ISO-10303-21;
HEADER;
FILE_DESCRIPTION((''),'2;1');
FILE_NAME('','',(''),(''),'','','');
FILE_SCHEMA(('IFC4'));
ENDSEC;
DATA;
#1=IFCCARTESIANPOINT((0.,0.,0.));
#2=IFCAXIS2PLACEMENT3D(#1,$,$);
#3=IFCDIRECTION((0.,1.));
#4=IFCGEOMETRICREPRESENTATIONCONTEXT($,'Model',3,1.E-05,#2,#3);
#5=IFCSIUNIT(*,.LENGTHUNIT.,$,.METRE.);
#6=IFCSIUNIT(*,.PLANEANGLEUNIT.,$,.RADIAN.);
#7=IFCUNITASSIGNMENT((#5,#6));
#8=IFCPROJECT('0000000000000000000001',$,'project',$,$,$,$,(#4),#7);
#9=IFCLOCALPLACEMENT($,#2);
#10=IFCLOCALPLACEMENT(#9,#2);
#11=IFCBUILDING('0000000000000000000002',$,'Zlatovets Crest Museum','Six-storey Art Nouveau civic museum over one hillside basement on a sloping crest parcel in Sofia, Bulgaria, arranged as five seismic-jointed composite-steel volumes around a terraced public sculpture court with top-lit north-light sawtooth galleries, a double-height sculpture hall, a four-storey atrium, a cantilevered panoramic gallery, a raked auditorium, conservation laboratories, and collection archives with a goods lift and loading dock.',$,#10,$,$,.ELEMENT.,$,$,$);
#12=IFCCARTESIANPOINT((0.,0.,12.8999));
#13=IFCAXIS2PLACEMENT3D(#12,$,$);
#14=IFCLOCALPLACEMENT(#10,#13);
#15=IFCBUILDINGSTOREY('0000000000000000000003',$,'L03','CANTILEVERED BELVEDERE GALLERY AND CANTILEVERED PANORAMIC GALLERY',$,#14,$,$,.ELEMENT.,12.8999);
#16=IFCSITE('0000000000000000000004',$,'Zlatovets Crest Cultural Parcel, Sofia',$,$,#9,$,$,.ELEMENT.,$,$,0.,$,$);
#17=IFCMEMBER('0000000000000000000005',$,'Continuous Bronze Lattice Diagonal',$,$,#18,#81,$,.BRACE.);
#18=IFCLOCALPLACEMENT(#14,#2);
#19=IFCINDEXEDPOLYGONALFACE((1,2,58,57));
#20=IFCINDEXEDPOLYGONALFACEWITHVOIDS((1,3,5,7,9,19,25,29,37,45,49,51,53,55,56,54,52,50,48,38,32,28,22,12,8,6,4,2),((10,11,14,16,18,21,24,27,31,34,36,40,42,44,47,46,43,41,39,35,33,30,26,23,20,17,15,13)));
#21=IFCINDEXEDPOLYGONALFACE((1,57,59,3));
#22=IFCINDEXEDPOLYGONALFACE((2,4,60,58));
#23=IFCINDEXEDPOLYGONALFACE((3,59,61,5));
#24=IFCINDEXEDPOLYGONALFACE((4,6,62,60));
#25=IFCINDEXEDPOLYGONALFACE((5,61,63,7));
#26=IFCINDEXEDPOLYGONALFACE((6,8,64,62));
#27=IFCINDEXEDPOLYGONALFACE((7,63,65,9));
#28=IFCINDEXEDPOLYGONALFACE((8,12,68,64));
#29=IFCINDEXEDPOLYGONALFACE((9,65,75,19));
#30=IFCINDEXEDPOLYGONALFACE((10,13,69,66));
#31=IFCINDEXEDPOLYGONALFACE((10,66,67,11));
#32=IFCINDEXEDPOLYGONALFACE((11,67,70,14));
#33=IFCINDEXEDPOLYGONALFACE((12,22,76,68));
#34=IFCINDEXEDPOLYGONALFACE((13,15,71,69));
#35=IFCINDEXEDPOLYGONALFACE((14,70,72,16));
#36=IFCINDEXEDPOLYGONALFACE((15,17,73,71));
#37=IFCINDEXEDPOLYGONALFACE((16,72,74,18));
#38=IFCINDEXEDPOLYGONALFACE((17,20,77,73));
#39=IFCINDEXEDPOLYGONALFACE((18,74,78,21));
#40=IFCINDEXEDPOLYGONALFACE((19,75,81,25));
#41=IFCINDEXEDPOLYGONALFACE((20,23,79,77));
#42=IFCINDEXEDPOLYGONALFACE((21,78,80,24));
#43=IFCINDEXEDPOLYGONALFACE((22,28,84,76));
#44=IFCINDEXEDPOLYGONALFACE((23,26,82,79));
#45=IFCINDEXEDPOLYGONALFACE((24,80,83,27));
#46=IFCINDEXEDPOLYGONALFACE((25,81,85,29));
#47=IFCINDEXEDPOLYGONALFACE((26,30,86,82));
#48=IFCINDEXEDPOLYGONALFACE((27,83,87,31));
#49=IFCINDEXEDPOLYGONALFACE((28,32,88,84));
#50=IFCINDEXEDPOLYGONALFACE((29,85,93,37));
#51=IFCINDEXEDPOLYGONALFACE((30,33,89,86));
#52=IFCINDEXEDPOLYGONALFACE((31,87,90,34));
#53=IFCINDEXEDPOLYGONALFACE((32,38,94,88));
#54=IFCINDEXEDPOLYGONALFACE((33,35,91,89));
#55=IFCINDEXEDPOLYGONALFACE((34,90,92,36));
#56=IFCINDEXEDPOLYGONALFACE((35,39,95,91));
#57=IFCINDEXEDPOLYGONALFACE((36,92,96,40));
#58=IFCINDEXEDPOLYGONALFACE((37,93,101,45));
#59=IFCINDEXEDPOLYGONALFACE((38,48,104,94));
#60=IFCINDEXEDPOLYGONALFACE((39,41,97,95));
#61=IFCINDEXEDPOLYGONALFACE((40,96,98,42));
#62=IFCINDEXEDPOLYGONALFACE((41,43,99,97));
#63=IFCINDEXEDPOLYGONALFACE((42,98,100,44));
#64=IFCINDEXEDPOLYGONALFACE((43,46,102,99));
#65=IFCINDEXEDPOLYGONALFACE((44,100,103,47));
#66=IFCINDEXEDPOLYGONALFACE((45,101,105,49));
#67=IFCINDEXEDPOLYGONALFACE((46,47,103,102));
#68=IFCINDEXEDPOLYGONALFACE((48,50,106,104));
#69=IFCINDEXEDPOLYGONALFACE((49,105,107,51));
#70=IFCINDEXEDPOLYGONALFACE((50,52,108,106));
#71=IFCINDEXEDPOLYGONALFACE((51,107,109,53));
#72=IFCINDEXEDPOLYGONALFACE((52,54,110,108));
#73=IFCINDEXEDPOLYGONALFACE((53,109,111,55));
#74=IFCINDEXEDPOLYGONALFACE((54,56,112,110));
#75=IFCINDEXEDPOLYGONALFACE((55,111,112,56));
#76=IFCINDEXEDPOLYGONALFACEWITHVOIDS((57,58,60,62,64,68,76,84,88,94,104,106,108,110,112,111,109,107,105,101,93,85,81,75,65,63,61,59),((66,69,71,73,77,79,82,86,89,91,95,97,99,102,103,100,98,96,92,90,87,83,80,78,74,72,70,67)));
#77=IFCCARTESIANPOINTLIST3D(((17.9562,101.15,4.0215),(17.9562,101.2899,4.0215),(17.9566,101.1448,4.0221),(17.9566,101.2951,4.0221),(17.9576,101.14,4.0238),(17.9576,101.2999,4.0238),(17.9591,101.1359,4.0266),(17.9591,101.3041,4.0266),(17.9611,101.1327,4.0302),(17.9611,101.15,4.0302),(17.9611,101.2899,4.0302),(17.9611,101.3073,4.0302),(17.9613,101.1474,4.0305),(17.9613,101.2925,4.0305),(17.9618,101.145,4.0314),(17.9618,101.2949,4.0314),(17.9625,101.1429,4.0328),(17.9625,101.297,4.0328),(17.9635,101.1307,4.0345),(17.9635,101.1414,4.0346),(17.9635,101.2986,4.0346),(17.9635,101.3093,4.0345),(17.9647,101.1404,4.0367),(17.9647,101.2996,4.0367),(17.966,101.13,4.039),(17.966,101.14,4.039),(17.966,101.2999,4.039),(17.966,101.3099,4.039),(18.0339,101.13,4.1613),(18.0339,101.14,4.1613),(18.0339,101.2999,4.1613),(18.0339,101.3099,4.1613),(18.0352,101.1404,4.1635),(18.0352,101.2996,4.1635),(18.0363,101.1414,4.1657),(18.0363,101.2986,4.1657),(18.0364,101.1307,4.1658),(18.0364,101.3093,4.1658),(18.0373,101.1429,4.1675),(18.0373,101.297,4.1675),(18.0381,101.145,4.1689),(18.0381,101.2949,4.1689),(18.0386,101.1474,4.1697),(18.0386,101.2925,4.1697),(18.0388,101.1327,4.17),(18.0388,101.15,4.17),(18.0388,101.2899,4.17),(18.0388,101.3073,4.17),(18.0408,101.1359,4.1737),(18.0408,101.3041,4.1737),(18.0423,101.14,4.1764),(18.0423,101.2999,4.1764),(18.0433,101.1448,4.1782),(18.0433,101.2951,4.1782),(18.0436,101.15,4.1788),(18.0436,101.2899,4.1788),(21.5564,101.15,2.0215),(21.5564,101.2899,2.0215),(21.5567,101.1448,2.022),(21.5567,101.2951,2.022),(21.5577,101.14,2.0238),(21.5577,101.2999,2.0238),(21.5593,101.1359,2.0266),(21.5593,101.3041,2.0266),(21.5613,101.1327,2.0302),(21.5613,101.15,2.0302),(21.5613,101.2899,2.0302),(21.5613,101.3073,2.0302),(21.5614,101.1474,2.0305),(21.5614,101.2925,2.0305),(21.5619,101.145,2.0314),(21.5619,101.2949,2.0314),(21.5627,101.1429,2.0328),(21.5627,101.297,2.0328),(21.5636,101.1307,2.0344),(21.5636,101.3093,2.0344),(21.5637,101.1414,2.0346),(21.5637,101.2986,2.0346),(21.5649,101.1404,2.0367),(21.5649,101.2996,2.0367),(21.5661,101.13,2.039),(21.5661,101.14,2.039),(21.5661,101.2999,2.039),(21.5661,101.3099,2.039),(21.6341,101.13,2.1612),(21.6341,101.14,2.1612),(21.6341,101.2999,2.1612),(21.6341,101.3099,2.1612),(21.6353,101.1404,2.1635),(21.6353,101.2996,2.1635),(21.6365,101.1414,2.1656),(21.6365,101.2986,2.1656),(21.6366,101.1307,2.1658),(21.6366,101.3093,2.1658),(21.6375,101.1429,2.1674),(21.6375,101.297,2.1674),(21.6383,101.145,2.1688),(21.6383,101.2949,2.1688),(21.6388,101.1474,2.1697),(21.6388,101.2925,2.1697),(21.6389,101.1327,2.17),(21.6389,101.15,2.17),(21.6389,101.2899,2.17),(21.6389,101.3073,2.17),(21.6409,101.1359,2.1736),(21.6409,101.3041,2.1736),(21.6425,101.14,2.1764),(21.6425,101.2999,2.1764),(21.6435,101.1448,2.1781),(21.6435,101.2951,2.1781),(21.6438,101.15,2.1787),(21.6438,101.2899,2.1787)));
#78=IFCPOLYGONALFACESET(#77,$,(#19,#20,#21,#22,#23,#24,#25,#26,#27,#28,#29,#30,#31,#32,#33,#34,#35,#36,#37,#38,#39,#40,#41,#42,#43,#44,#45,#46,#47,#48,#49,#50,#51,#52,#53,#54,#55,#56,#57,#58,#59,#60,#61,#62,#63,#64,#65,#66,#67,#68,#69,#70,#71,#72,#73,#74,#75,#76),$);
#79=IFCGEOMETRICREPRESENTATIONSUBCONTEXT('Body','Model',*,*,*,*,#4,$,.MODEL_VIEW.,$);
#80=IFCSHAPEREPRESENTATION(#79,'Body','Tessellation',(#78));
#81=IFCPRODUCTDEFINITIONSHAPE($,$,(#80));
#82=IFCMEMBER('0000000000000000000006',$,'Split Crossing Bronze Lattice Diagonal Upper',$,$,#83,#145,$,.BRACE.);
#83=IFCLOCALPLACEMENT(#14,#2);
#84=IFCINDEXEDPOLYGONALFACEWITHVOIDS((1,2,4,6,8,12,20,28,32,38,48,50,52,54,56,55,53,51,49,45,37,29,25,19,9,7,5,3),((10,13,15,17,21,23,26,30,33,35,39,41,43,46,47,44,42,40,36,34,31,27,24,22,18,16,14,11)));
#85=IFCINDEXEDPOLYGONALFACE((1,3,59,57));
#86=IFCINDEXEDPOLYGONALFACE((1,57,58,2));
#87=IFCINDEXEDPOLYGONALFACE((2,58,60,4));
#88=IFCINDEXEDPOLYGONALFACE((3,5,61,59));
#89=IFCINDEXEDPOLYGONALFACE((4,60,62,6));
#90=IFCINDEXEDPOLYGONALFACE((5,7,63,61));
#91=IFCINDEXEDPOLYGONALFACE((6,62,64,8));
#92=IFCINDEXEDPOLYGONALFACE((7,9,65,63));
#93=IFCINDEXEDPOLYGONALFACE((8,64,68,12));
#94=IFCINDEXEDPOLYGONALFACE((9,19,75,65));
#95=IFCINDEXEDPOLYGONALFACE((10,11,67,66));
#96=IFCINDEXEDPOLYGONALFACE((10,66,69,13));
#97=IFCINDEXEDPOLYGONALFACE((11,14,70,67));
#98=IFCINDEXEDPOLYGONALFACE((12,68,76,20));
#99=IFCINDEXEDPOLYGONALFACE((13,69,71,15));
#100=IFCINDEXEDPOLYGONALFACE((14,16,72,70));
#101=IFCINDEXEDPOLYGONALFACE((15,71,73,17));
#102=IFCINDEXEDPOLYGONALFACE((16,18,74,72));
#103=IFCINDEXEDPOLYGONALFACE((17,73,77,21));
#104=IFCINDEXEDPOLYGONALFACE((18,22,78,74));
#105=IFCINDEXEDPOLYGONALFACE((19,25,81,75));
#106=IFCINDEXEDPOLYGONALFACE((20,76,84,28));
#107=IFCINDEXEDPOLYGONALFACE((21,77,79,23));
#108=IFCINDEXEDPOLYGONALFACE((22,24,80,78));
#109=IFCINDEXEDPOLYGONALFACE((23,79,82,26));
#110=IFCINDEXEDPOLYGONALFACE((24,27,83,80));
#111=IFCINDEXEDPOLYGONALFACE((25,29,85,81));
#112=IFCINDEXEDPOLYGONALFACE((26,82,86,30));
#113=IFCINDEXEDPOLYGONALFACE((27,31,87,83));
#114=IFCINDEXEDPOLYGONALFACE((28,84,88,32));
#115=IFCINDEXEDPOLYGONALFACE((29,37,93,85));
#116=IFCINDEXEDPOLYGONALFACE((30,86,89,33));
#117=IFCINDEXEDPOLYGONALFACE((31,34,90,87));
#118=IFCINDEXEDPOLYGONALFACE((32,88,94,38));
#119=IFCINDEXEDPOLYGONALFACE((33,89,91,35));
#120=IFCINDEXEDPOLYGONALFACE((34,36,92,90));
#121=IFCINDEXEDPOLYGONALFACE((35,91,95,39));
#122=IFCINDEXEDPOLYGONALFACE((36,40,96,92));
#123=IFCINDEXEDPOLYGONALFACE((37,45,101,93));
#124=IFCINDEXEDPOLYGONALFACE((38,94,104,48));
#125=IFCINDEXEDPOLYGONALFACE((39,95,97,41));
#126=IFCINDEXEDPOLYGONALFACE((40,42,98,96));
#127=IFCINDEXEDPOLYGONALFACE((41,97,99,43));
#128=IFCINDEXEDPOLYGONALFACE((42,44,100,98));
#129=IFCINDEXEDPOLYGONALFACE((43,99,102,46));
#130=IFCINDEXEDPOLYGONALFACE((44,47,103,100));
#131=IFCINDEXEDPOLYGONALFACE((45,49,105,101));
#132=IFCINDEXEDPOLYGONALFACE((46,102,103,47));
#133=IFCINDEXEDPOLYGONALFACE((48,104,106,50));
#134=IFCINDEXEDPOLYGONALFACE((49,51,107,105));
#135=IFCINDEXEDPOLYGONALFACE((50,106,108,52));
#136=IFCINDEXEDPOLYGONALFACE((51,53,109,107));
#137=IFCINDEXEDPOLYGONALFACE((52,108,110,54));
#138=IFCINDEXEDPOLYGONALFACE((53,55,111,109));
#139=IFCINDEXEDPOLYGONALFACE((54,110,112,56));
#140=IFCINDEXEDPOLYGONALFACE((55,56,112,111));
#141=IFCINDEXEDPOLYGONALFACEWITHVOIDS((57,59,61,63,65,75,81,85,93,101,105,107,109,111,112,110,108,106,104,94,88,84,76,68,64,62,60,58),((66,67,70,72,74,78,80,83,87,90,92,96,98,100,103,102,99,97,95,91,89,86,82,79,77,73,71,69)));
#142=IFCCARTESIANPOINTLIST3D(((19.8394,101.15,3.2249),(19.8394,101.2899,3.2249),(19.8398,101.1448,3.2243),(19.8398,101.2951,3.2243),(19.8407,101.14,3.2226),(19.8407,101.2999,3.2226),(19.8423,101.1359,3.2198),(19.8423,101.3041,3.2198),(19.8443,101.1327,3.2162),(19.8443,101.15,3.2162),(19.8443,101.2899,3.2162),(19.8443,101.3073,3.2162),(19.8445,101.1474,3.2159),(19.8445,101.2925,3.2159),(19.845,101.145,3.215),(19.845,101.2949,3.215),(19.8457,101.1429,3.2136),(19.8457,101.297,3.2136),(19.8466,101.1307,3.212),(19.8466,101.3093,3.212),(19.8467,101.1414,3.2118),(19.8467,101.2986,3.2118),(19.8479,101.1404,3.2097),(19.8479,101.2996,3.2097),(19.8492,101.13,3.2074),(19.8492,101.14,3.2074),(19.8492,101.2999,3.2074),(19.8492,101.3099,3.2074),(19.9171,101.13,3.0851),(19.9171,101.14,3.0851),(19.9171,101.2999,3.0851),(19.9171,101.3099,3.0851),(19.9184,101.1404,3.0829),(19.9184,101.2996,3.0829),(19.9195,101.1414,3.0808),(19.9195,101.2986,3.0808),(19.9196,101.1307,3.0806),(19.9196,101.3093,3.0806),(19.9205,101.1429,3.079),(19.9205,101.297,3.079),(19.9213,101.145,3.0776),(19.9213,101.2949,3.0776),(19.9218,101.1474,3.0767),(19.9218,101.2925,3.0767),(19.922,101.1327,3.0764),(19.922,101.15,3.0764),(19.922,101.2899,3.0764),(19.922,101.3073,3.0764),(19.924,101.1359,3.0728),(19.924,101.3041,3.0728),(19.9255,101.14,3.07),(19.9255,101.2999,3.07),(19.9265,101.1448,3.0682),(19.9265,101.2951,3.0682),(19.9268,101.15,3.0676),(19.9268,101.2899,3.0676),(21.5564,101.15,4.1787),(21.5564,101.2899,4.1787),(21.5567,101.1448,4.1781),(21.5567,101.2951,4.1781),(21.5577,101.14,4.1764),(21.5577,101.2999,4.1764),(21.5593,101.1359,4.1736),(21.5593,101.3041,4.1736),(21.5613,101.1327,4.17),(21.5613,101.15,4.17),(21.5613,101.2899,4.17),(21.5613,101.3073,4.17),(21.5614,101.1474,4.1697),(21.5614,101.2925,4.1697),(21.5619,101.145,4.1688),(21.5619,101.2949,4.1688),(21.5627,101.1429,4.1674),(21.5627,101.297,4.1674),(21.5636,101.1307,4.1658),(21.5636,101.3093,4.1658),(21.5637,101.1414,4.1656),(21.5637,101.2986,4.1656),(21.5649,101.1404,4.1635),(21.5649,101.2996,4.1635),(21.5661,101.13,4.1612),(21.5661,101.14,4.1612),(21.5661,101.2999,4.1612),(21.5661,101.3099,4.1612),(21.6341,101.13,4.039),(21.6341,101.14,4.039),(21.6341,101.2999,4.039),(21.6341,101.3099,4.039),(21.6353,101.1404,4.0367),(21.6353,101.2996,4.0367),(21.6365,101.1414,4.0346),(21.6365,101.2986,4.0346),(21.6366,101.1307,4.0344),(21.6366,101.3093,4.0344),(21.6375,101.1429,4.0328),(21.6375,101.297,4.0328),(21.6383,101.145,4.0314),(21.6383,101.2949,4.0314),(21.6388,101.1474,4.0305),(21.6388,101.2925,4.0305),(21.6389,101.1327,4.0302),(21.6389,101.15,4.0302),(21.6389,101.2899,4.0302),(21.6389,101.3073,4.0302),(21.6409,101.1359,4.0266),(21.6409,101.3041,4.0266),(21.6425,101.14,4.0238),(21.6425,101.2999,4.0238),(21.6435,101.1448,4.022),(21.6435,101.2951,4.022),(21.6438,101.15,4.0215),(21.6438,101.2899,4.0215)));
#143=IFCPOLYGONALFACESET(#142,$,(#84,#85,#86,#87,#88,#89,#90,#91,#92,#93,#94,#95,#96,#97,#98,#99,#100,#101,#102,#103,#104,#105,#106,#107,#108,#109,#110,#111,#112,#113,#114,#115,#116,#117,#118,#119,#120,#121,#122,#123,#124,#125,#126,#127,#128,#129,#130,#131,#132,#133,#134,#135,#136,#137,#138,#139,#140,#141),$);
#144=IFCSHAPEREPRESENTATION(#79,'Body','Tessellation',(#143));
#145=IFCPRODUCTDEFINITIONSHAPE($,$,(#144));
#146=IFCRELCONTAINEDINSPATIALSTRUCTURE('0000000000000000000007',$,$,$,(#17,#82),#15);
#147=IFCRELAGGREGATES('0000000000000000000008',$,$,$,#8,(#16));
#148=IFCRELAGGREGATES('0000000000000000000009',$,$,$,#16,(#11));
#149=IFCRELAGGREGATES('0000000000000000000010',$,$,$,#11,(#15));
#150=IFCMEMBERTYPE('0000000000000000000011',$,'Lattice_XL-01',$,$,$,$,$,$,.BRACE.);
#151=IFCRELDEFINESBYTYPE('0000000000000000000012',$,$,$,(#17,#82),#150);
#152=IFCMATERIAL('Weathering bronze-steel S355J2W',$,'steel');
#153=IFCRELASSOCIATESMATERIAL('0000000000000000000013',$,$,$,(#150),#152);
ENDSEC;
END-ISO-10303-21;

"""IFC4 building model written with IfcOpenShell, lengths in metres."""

from ifc_helpers import new_model, si_unit, direction, frame, origin, origin_2d, place, context, subcontext, project, spatial, hollow_rectangle, extrude, material, material_profile, profile_set, type_object, element, save


model = new_model("IFC4")

# Units and contexts
model_context = context("Model", 3, precision=1e-05, world=origin(), true_north=direction((0.0, 1.0)))
body_context = subcontext(model_context, "Body", "Model", "MODEL_VIEW")
ifc_project = project(units=[si_unit("LENGTHUNIT", "METRE"), si_unit("PLANEANGLEUNIT", "RADIAN")], contexts=[model_context])

# Site, building, storey
site_placement = place(None, origin())
site = spatial("IfcSite", under=ifc_project, at=site_placement, Name="Zlatovets Crest Cultural Parcel, Sofia", CompositionType="ELEMENT", RefElevation=0.0)
building_placement = place(site_placement, origin())
building = spatial("IfcBuilding", under=site, at=building_placement, Name="Zlatovets Crest Museum", Description="Six-storey Art Nouveau civic museum over one hillside basement on a sloping crest parcel in Sofia, Bulgaria, arranged as five seismic-jointed composite-steel volumes around a terraced public sculpture court with top-lit north-light sawtooth galleries, a double-height sculpture hall, a four-storey atrium, a cantilevered panoramic gallery, a raked auditorium, conservation laboratories, and collection archives with a goods lift and loading dock.", CompositionType="ELEMENT")
storey_placement = place(building_placement, frame((0.0, 0.0, 12.8999)))
storey = spatial("IfcBuildingStorey", under=building, at=storey_placement, Name="L03", Description="CANTILEVERED BELVEDERE GALLERY AND CANTILEVERED PANORAMIC GALLERY", CompositionType="ELEMENT", Elevation=12.8999)

# Members
ifc_material_1 = material(Name="Weathering bronze-steel S355J2W", Category="steel")
ifc_material_profile_1 = material_profile(ifc_material_1, hollow_rectangle(XDim=0.1799, YDim=0.1799, WallThickness=0.01, InnerFilletRadius=0.01, OuterFilletRadius=0.02, at=origin_2d()), Name="SHS 180x180x10.0")
ifc_profile_set_1 = profile_set([ifc_material_profile_1], Name="Weathering bronze-steel S355J2W")
member_type_1 = type_object("IfcMemberType", Name="Lattice_XL-01", PredefinedType="BRACE", material=ifc_profile_set_1)
member_1_placement = place(storey_placement, frame((21.6001, 101.22, 2.1001), z_axis=(-0.874163, 0.0, 0.485633), x_axis=(0.0, -1.0, 0.0)))
element("IfcMember", 1, at=member_1_placement, inside=storey, type_object=member_type_1, Name="Continuous Bronze Lattice Diagonal", PredefinedType="BRACE", context=body_context, shape_type="SweptSolid", body=[
    extrude(hollow_rectangle(XDim=0.1799, YDim=0.1799, WallThickness=0.01, InnerFilletRadius=0.01, OuterFilletRadius=0.02, at=origin_2d()), origin(), (0.0, 0.0, 1.0), 4.1184),
])
for number, where, z_axis, x_axis, name in (
    (2, (21.6001, 101.22, 4.1001), (-0.874169, 0.0, -0.485622), (0.0, -1.0, 0.0), "Split Crossing Bronze Lattice Diagonal Upper"),
):
    element("IfcMember", number, at=place(storey_placement, frame(where, z_axis=z_axis, x_axis=x_axis)), inside=storey, type_object=member_type_1, Name=name, PredefinedType="BRACE", context=body_context, shape_type="SweptSolid", body=[
        extrude(hollow_rectangle(XDim=0.1799, YDim=0.1799, WallThickness=0.01, InnerFilletRadius=0.01, OuterFilletRadius=0.02, at=origin_2d()), origin(), (0.0, 0.0, 1.0), 1.9641),
    ])

save(model, "model.ifc")
